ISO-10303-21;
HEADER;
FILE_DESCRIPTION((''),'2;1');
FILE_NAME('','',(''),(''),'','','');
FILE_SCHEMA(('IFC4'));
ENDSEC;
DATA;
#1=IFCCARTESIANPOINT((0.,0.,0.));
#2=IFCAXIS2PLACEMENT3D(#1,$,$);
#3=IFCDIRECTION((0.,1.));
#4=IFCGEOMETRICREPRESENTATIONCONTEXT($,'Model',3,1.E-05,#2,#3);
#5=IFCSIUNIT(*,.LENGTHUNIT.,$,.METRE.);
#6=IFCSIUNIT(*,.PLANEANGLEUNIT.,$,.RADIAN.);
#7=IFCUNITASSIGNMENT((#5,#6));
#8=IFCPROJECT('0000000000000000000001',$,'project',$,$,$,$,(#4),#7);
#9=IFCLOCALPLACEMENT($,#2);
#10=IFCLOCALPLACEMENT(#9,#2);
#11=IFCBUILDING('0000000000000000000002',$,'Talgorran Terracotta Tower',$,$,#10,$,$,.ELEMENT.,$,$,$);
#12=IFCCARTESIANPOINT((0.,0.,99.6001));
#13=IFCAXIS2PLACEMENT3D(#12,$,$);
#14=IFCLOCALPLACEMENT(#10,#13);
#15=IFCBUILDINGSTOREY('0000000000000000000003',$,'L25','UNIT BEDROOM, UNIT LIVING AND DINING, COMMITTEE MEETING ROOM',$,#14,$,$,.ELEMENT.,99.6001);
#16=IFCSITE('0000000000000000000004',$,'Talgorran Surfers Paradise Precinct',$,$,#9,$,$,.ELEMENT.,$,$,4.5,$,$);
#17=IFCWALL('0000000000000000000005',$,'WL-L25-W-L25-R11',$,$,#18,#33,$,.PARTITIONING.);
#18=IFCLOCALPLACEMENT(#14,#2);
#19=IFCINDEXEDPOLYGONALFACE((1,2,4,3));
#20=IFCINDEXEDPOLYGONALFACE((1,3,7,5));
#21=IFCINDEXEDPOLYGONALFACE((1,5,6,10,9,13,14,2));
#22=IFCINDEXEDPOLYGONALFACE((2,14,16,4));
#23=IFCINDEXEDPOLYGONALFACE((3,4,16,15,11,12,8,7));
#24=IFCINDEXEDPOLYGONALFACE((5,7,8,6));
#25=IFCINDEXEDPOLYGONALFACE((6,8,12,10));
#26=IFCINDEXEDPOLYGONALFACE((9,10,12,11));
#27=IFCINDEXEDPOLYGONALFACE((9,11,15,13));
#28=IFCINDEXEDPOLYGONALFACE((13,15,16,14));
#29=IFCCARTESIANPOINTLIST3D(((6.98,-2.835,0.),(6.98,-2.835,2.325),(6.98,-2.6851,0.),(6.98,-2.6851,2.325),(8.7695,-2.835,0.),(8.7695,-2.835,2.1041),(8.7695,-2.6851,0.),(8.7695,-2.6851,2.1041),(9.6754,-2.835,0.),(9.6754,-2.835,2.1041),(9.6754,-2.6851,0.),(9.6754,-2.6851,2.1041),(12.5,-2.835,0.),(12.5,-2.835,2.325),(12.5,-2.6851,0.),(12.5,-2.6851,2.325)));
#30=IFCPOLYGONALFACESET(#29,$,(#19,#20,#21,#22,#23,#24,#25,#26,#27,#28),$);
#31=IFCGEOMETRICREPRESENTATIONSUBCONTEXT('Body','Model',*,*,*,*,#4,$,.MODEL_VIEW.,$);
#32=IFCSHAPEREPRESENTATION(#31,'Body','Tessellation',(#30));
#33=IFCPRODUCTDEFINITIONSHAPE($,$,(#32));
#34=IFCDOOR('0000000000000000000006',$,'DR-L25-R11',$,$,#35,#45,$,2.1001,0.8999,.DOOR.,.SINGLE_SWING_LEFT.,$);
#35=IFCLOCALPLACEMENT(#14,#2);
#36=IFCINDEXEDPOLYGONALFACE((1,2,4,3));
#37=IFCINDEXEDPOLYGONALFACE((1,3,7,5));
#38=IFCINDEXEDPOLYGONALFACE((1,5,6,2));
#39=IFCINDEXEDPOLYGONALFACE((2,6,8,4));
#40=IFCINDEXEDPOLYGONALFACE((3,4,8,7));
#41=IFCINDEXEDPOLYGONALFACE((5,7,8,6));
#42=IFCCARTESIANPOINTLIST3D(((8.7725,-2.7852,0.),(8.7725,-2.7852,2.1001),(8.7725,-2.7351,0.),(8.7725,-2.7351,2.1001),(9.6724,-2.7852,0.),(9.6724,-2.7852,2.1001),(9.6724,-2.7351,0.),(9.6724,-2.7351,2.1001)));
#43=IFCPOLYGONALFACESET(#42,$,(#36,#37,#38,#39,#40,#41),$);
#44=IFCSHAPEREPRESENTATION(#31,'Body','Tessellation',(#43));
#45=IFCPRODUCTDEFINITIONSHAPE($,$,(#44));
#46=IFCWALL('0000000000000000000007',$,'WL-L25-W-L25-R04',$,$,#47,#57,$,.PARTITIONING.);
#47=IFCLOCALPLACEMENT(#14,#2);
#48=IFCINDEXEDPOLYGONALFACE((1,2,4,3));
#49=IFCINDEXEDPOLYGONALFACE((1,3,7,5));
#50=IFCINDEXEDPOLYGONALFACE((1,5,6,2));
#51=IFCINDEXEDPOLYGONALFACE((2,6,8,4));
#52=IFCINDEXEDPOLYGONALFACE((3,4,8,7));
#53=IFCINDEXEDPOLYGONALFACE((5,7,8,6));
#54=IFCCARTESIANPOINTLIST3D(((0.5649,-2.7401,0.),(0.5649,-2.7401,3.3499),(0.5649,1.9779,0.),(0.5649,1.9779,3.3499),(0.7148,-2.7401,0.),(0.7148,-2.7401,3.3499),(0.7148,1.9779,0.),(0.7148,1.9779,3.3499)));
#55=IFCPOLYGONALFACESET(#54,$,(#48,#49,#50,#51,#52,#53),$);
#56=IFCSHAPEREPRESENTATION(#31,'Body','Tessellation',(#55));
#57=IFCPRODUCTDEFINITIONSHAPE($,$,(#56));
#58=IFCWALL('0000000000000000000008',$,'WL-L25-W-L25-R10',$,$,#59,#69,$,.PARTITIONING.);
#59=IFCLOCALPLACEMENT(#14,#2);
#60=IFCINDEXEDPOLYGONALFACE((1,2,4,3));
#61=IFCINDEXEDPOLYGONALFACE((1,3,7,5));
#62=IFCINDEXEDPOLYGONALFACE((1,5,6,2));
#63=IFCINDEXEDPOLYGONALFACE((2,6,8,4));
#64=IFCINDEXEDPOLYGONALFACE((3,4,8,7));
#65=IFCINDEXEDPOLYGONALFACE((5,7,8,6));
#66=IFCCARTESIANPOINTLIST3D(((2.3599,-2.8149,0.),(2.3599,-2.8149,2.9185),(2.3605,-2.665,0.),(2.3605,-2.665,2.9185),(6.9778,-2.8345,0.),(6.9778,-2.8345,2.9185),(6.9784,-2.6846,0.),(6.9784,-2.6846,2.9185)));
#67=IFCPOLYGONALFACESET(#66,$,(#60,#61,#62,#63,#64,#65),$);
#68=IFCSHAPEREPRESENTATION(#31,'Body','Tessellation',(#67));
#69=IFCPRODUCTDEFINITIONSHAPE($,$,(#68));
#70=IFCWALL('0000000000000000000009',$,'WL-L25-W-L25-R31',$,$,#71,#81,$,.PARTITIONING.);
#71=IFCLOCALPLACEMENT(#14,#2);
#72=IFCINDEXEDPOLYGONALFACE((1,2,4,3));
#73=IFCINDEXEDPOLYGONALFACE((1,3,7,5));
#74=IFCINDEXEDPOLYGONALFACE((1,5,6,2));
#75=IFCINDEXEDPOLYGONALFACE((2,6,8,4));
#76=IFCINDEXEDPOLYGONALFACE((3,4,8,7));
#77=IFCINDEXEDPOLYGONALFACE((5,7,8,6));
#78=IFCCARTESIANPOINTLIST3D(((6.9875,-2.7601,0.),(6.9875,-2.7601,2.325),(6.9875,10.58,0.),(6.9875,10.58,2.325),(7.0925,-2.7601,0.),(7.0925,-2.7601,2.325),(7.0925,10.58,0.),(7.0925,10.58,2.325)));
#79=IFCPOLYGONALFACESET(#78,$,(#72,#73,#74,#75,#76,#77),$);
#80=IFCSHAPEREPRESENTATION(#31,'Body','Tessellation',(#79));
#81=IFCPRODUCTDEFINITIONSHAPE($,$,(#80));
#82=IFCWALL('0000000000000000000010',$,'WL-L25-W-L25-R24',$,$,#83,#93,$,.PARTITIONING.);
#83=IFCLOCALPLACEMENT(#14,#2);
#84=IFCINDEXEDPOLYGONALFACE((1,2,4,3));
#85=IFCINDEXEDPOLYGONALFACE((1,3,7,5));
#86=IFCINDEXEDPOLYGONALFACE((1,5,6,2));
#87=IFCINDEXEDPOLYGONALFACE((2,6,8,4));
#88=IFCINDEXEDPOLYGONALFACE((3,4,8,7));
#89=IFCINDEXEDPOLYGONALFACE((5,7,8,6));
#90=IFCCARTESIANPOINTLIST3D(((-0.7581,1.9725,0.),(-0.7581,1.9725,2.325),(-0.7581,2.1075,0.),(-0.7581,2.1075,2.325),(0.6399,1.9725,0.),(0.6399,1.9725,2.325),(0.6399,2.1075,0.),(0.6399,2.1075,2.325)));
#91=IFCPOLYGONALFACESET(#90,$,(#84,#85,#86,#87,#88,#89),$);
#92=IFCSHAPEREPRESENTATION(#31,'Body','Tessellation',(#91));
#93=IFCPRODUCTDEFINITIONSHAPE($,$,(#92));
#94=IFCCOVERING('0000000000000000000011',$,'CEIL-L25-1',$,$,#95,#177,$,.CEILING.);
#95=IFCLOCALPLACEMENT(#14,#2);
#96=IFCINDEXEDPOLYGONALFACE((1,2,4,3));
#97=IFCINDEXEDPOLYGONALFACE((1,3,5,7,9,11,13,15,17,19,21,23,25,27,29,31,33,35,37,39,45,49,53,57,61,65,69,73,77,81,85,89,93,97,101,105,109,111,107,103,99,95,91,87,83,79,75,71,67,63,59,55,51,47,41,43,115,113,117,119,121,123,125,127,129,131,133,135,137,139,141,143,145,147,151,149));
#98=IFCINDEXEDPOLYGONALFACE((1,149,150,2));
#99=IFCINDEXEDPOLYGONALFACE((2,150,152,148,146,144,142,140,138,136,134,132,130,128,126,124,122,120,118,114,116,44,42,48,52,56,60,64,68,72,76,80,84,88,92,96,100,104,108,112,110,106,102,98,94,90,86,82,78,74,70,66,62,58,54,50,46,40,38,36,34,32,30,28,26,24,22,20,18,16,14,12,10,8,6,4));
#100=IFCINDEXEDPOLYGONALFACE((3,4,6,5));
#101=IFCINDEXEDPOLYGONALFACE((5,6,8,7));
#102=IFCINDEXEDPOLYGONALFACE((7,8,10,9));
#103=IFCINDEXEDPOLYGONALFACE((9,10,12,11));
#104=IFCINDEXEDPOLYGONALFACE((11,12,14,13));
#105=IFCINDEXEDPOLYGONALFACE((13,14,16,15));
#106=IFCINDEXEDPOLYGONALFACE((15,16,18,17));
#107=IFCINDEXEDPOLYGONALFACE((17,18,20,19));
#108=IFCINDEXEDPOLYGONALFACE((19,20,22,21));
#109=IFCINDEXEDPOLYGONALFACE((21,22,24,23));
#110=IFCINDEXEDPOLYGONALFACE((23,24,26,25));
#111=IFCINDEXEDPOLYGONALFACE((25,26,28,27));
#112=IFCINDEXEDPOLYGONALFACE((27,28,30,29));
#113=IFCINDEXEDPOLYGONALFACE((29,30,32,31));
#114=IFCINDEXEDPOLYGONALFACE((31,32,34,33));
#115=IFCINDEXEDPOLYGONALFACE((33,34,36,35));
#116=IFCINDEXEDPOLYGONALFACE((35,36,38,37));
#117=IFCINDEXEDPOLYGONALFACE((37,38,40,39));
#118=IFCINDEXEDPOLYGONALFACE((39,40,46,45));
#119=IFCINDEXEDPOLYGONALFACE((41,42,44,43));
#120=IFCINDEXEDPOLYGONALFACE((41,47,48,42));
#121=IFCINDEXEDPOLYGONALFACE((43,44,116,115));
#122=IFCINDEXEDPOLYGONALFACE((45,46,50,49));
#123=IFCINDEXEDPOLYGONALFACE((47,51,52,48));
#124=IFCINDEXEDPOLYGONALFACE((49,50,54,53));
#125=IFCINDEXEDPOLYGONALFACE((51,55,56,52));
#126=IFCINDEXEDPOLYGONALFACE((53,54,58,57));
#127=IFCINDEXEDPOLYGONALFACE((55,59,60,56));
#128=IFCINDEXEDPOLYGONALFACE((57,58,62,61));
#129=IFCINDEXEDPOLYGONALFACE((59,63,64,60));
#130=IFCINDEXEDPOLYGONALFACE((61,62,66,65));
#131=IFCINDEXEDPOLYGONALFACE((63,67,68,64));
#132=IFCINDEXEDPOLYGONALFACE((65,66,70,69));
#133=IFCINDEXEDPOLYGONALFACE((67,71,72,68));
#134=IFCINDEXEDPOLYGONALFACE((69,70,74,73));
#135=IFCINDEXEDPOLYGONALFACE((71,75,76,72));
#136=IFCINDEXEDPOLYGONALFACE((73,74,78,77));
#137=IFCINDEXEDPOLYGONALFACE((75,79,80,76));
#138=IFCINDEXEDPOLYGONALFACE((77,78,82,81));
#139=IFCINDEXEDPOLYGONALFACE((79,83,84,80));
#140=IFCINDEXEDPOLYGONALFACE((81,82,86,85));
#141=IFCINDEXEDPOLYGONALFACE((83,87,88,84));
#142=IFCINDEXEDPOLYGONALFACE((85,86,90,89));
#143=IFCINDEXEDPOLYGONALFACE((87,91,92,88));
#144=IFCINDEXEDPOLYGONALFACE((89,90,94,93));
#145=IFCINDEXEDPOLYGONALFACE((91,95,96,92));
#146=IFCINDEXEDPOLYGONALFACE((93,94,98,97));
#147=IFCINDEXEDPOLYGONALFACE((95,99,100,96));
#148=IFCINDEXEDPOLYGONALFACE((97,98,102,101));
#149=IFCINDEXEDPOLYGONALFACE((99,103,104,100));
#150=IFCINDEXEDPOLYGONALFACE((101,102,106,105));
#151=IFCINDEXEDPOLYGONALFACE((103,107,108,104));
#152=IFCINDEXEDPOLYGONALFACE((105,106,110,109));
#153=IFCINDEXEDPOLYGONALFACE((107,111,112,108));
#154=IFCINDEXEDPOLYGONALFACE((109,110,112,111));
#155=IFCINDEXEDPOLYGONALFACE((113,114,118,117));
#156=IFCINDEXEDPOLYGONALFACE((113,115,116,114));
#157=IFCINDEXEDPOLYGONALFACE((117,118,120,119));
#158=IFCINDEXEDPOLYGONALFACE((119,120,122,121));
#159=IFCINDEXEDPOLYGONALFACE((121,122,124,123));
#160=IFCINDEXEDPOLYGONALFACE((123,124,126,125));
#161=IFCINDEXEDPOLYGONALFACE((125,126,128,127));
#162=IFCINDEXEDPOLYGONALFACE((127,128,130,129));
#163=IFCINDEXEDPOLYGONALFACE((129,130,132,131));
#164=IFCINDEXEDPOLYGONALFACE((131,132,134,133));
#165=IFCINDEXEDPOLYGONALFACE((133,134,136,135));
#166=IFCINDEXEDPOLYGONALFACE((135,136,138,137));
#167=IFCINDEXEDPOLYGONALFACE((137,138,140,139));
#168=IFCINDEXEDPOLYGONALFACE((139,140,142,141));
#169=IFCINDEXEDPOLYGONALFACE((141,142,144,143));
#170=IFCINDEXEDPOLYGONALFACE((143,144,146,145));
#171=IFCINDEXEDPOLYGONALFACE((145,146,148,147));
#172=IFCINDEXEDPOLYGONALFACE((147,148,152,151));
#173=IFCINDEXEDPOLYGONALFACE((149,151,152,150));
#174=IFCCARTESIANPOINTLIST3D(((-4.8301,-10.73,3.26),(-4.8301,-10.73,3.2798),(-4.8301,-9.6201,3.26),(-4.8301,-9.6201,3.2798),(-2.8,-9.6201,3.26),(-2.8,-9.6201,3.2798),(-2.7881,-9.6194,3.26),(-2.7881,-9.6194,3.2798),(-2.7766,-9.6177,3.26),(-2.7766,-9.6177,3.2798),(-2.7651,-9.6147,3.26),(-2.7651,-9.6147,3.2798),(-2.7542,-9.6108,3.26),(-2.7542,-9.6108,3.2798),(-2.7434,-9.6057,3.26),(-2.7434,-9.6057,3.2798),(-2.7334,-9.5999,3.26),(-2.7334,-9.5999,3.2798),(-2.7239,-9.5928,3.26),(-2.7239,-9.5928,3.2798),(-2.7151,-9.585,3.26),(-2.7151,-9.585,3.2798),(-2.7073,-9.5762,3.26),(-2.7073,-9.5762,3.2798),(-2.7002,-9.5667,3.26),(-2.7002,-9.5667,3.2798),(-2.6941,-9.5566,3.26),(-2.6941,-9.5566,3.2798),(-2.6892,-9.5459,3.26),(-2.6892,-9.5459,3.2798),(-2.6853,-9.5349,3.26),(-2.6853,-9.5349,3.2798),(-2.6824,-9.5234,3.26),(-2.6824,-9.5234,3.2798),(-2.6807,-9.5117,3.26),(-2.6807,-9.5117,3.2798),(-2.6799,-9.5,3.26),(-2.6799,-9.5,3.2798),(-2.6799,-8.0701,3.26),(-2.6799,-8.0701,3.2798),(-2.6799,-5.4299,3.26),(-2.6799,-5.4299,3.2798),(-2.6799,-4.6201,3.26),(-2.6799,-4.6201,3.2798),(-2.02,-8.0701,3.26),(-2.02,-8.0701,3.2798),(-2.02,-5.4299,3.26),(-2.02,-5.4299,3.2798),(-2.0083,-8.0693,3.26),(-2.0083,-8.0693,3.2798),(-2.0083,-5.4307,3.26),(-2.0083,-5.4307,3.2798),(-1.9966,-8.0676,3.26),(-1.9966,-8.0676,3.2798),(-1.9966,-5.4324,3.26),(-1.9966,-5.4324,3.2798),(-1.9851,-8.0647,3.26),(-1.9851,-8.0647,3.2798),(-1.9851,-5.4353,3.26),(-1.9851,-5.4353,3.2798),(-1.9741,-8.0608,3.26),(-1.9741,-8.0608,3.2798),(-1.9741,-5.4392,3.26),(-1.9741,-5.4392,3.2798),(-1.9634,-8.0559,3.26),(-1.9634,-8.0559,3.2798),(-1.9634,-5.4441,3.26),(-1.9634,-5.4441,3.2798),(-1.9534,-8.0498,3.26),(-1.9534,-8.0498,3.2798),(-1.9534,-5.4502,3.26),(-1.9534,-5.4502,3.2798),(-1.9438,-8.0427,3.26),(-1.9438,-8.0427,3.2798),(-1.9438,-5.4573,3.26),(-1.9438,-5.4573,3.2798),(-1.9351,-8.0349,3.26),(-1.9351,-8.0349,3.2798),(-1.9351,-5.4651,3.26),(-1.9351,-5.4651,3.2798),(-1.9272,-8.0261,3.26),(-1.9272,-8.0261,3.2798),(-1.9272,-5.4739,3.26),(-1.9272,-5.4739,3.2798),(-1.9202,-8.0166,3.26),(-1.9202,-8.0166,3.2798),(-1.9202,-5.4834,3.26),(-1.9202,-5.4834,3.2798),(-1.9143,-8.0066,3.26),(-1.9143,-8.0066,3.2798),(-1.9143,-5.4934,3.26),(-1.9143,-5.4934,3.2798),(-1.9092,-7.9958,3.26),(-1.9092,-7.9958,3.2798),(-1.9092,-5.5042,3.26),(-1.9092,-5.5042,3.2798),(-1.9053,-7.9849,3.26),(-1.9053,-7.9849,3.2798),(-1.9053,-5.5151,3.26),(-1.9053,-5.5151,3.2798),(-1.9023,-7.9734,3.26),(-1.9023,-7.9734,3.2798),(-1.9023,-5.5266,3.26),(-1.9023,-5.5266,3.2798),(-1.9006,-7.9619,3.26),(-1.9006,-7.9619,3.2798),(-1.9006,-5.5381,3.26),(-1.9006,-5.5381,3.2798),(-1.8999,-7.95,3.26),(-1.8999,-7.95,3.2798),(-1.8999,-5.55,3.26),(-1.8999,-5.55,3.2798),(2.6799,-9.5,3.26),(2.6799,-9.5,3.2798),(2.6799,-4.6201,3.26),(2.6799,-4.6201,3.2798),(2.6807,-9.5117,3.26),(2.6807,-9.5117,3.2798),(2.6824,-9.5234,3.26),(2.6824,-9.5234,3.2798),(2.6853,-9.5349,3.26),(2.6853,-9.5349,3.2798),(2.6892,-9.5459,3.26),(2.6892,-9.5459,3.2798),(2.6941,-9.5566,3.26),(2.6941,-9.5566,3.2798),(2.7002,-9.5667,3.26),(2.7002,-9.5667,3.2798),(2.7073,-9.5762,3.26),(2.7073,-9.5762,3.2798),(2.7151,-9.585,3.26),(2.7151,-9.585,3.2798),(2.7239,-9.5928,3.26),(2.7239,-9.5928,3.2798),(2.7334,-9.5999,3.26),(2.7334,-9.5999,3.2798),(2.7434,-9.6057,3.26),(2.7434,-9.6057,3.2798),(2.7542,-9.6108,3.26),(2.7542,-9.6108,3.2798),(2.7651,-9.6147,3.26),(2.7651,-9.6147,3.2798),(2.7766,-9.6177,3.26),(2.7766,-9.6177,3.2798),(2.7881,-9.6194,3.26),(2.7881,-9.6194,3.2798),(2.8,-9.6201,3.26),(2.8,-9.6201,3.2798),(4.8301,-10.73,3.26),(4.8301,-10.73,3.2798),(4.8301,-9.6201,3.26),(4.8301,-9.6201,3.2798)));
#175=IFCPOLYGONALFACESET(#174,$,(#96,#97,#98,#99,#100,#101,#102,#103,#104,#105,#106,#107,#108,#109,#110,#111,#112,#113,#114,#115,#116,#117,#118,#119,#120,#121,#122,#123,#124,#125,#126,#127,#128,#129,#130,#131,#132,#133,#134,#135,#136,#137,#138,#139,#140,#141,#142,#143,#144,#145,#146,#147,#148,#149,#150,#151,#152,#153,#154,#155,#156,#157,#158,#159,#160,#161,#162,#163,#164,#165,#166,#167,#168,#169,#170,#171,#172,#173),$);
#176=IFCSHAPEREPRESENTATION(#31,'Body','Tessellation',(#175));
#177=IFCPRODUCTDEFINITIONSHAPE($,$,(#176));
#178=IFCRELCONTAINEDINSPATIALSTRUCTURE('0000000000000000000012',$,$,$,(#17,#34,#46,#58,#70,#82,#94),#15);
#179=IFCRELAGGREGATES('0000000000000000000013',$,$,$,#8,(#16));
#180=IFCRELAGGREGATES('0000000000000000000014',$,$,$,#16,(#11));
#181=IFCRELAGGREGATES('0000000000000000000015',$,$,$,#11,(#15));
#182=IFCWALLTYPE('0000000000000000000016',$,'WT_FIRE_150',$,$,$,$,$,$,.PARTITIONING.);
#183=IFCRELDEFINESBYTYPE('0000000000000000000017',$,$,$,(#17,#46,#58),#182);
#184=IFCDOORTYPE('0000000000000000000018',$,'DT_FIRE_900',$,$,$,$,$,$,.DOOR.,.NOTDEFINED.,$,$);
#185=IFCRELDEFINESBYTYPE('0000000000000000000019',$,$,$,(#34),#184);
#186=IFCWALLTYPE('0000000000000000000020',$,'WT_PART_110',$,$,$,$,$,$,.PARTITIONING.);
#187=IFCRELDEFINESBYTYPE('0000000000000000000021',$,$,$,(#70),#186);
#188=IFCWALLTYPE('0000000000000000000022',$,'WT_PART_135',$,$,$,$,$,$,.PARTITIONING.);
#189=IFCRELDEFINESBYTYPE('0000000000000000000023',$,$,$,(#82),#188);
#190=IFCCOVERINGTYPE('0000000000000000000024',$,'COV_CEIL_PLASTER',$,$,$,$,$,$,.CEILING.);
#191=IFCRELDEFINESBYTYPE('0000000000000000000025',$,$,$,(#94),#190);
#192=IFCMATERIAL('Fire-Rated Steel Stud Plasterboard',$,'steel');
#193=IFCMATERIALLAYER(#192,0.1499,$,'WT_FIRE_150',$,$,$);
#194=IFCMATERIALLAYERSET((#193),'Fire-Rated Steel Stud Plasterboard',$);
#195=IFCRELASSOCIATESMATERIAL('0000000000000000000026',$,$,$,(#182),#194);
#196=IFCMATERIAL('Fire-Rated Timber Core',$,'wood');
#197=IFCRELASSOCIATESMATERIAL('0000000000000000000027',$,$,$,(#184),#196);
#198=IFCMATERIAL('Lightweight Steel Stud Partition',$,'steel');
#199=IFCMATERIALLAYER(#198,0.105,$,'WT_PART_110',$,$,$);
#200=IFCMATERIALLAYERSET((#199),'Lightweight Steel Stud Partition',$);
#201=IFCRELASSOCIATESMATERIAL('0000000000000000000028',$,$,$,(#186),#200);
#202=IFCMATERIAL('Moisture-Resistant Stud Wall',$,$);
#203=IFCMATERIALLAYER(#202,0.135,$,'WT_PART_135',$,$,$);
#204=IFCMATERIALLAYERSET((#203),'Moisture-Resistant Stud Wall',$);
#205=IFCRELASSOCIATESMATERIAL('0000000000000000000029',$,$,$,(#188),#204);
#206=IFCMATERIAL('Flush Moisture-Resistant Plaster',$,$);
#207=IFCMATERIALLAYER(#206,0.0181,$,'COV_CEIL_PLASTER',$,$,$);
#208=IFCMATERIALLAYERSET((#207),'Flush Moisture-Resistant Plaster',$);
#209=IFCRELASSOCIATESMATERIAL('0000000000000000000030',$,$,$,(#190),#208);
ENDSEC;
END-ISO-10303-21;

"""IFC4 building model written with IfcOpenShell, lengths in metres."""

from ifc_helpers import new_model, si_unit, direction, frame, frame_2d, origin, place, context, subcontext, project, spatial, polyline, rectangle, outline, extrude, material, layer, layer_set, type_object, element, fill, save


model = new_model("IFC4")

# Units and contexts
model_context = context("Model", 3, precision=1e-05, world=origin(), true_north=direction((0.0, 1.0)))
body_context = subcontext(model_context, "Body", "Model", "MODEL_VIEW")
ifc_project = project(units=[si_unit("LENGTHUNIT", "METRE"), si_unit("PLANEANGLEUNIT", "RADIAN")], contexts=[model_context])

# Site, building, storey
site_placement = place(None, origin())
site = spatial("IfcSite", under=ifc_project, at=site_placement, Name="Talgorran Surfers Paradise Precinct", CompositionType="ELEMENT", RefElevation=4.5)
building_placement = place(site_placement, origin())
building = spatial("IfcBuilding", under=site, at=building_placement, Name="Talgorran Terracotta Tower", CompositionType="ELEMENT")
storey_placement = place(building_placement, frame((0.0, 0.0, 99.6001)))
storey = spatial("IfcBuildingStorey", under=building, at=storey_placement, Name="L25", Description="UNIT BEDROOM, UNIT LIVING AND DINING, COMMITTEE MEETING ROOM", CompositionType="ELEMENT", Elevation=99.6001)

# Shared definitions
ifc_material_1 = material(Name="Fire-Rated Steel Stud Plasterboard", Category="steel")
ifc_layer_1 = layer(ifc_material_1, 0.1499, Name="WT_FIRE_150")
ifc_layer_set_1 = layer_set([ifc_layer_1], Name="Fire-Rated Steel Stud Plasterboard")
wall_type_1 = type_object("IfcWallType", Name="WT_FIRE_150", PredefinedType="PARTITIONING", material=ifc_layer_set_1)

# Wall, opening, door
wall_1_placement = place(storey_placement, frame((6.98, -2.76, 0.0), z_axis=(0.0, 0.0, 1.0), x_axis=(1.0, 0.0, 0.0)))
wall_1 = element("IfcWall", 1, at=wall_1_placement, inside=storey, type_object=wall_type_1, Name="WL-L25-W-L25-R11", PredefinedType="PARTITIONING", context=body_context, shape_type="SweptSolid", body=[
    extrude(rectangle(XDim=5.52, YDim=0.1499, at=frame_2d((2.76, 0.0))), origin(), (0.0, 0.0, 1.0), 2.325),
])
opening_placement = place(wall_1_placement, frame((1.7925, 0.0, 0.0)))
opening = element("IfcOpeningElement", 2, at=opening_placement, cuts=wall_1, PredefinedType="OPENING", context=body_context, shape_type="SweptSolid", body=[
    extrude(rectangle(XDim=0.9059, YDim=2.1041, at=frame_2d((0.45, 1.052))), frame((0.0, 0.085, 0.0), z_axis=(0.0, -1.0, 0.0), x_axis=(1.0, 0.0, 0.0)), (0.0, 0.0, 1.0), 0.1699),
])
ifc_material_2 = material(Name="Fire-Rated Timber Core", Category="wood")
door_type = type_object("IfcDoorType", Name="DT_FIRE_900", OperationType="NOTDEFINED", PredefinedType="DOOR", material=ifc_material_2)
door_placement = place(opening_placement, origin())
door = element("IfcDoor", 3, at=door_placement, inside=storey, type_object=door_type, Name="DR-L25-R11", OperationType="SINGLE_SWING_LEFT", OverallHeight=2.1001, OverallWidth=0.8999, PredefinedType="DOOR", context=body_context, shape_type="SweptSolid", body=[
    extrude(rectangle(XDim=0.8999, YDim=2.1001, at=frame_2d((0.45, 1.05))), frame((0.0, 0.0249, 0.0), z_axis=(0.0, -1.0, 0.0), x_axis=(1.0, 0.0, 0.0)), (0.0, 0.0, 1.0), 0.05),
])
fill(opening, door)

# Walls
wall_2_placement = place(storey_placement, frame((0.6399, -2.74, 0.0), z_axis=(0.0, 0.0, 1.0), x_axis=(0.0, 1.0, 0.0)))
element("IfcWall", 4, at=wall_2_placement, inside=storey, type_object=wall_type_1, Name="WL-L25-W-L25-R04", PredefinedType="PARTITIONING", context=body_context, shape_type="SweptSolid", body=[
    extrude(rectangle(XDim=4.718, YDim=0.1499, at=frame_2d((2.3589, 0.0))), origin(), (0.0, 0.0, 1.0), 3.3499),
])
wall_3_placement = place(storey_placement, frame((2.3601, -2.74, 0.0), z_axis=(0.0, 0.0, 1.0), x_axis=(0.999991, -0.004229, 0.0)))
element("IfcWall", 5, at=wall_3_placement, inside=storey, type_object=wall_type_1, Name="WL-L25-W-L25-R10", PredefinedType="PARTITIONING", context=body_context, shape_type="SweptSolid", body=[
    extrude(rectangle(XDim=4.6179, YDim=0.1499, at=frame_2d((2.3091, 0.0))), origin(), (0.0, 0.0, 1.0), 2.9185),
])
ifc_material_3 = material(Name="Lightweight Steel Stud Partition", Category="steel")
ifc_layer_2 = layer(ifc_material_3, 0.105, Name="WT_PART_110")
ifc_layer_set_2 = layer_set([ifc_layer_2], Name="Lightweight Steel Stud Partition")
wall_type_2 = type_object("IfcWallType", Name="WT_PART_110", PredefinedType="PARTITIONING", material=ifc_layer_set_2)
wall_4_placement = place(storey_placement, frame((7.04, -2.76, 0.0), z_axis=(0.0, 0.0, 1.0), x_axis=(0.0, 1.0, 0.0)))
element("IfcWall", 6, at=wall_4_placement, inside=storey, type_object=wall_type_2, Name="WL-L25-W-L25-R31", PredefinedType="PARTITIONING", context=body_context, shape_type="SweptSolid", body=[
    extrude(rectangle(XDim=13.3401, YDim=0.105, at=frame_2d((6.6699, 0.0))), origin(), (0.0, 0.0, 1.0), 2.325),
])
ifc_material_4 = material(Name="Moisture-Resistant Stud Wall")
ifc_layer_3 = layer(ifc_material_4, 0.135, Name="WT_PART_135")
ifc_layer_set_3 = layer_set([ifc_layer_3], Name="Moisture-Resistant Stud Wall")
wall_type_3 = type_object("IfcWallType", Name="WT_PART_135", PredefinedType="PARTITIONING", material=ifc_layer_set_3)
wall_5_placement = place(storey_placement, frame((-0.7581, 2.04, 0.0), z_axis=(0.0, 0.0, 1.0), x_axis=(1.0, 0.0, 0.0)))
element("IfcWall", 7, at=wall_5_placement, inside=storey, type_object=wall_type_3, Name="WL-L25-W-L25-R24", PredefinedType="PARTITIONING", context=body_context, shape_type="SweptSolid", body=[
    extrude(rectangle(XDim=1.3979, YDim=0.135, at=frame_2d((0.699, 0.0))), origin(), (0.0, 0.0, 1.0), 2.325),
])

# Covering
ifc_material_5 = material(Name="Flush Moisture-Resistant Plaster")
ifc_layer_4 = layer(ifc_material_5, 0.0181, Name="COV_CEIL_PLASTER")
ifc_layer_set_4 = layer_set([ifc_layer_4], Name="Flush Moisture-Resistant Plaster")
covering_type_1 = type_object("IfcCoveringType", Name="COV_CEIL_PLASTER", PredefinedType="CEILING", material=ifc_layer_set_4)
covering_1_placement = place(storey_placement, frame((0.0, 0.0, 3.26)))
element("IfcCovering", 8, at=covering_1_placement, inside=storey, type_object=covering_type_1, Name="CEIL-L25-1", PredefinedType="CEILING", context=body_context, shape_type="SweptSolid", body=[
    extrude(outline(polyline([(2.6799, -4.6201), (2.6799, -9.5), (2.6807, -9.5117), (2.6824, -9.5234), (2.6853, -9.5349), (2.6892, -9.5459), (2.6941, -9.5566), (2.7002, -9.5667), (2.7073, -9.5762), (2.7151, -9.585), (2.7239, -9.5928), (2.7334, -9.5999), (2.7434, -9.6057), (2.7542, -9.6108), (2.7651, -9.6147), (2.7766, -9.6177), (2.7881, -9.6194), (2.8, -9.6201), (4.8301, -9.6201), (4.8301, -10.73), (-4.8301, -10.73), (-4.8301, -9.6201), (-2.8, -9.6201), (-2.7881, -9.6194), (-2.7766, -9.6177), (-2.7651, -9.6147), (-2.7542, -9.6108), (-2.7434, -9.6057), (-2.7334, -9.5999), (-2.7239, -9.5928), (-2.7151, -9.585), (-2.7073, -9.5762), (-2.7002, -9.5667), (-2.6941, -9.5566), (-2.6892, -9.5459), (-2.6853, -9.5349), (-2.6824, -9.5234), (-2.6807, -9.5117), (-2.6799, -9.5), (-2.6799, -8.0701), (-2.02, -8.0701), (-2.0083, -8.0693), (-1.9966, -8.0676), (-1.9851, -8.0647), (-1.9741, -8.0608), (-1.9634, -8.0559), (-1.9534, -8.0498), (-1.9438, -8.0427), (-1.9351, -8.0349), (-1.9272, -8.0261), (-1.9202, -8.0166), (-1.9143, -8.0066), (-1.9092, -7.9958), (-1.9053, -7.9849), (-1.9023, -7.9734), (-1.9006, -7.9619), (-1.8999, -7.95), (-1.8999, -5.55), (-1.9006, -5.5381), (-1.9023, -5.5266), (-1.9053, -5.5151), (-1.9092, -5.5042), (-1.9143, -5.4934), (-1.9202, -5.4834), (-1.9272, -5.4739), (-1.9351, -5.4651), (-1.9438, -5.4573), (-1.9534, -5.4502), (-1.9634, -5.4441), (-1.9741, -5.4392), (-1.9851, -5.4353), (-1.9966, -5.4324), (-2.0083, -5.4307), (-2.02, -5.4299), (-2.6799, -5.4299), (-2.6799, -4.6201), (2.6799, -4.6201)])), origin(), (0.0, 0.0, 1.0), 0.0198),
])

save(model, "model.ifc")
